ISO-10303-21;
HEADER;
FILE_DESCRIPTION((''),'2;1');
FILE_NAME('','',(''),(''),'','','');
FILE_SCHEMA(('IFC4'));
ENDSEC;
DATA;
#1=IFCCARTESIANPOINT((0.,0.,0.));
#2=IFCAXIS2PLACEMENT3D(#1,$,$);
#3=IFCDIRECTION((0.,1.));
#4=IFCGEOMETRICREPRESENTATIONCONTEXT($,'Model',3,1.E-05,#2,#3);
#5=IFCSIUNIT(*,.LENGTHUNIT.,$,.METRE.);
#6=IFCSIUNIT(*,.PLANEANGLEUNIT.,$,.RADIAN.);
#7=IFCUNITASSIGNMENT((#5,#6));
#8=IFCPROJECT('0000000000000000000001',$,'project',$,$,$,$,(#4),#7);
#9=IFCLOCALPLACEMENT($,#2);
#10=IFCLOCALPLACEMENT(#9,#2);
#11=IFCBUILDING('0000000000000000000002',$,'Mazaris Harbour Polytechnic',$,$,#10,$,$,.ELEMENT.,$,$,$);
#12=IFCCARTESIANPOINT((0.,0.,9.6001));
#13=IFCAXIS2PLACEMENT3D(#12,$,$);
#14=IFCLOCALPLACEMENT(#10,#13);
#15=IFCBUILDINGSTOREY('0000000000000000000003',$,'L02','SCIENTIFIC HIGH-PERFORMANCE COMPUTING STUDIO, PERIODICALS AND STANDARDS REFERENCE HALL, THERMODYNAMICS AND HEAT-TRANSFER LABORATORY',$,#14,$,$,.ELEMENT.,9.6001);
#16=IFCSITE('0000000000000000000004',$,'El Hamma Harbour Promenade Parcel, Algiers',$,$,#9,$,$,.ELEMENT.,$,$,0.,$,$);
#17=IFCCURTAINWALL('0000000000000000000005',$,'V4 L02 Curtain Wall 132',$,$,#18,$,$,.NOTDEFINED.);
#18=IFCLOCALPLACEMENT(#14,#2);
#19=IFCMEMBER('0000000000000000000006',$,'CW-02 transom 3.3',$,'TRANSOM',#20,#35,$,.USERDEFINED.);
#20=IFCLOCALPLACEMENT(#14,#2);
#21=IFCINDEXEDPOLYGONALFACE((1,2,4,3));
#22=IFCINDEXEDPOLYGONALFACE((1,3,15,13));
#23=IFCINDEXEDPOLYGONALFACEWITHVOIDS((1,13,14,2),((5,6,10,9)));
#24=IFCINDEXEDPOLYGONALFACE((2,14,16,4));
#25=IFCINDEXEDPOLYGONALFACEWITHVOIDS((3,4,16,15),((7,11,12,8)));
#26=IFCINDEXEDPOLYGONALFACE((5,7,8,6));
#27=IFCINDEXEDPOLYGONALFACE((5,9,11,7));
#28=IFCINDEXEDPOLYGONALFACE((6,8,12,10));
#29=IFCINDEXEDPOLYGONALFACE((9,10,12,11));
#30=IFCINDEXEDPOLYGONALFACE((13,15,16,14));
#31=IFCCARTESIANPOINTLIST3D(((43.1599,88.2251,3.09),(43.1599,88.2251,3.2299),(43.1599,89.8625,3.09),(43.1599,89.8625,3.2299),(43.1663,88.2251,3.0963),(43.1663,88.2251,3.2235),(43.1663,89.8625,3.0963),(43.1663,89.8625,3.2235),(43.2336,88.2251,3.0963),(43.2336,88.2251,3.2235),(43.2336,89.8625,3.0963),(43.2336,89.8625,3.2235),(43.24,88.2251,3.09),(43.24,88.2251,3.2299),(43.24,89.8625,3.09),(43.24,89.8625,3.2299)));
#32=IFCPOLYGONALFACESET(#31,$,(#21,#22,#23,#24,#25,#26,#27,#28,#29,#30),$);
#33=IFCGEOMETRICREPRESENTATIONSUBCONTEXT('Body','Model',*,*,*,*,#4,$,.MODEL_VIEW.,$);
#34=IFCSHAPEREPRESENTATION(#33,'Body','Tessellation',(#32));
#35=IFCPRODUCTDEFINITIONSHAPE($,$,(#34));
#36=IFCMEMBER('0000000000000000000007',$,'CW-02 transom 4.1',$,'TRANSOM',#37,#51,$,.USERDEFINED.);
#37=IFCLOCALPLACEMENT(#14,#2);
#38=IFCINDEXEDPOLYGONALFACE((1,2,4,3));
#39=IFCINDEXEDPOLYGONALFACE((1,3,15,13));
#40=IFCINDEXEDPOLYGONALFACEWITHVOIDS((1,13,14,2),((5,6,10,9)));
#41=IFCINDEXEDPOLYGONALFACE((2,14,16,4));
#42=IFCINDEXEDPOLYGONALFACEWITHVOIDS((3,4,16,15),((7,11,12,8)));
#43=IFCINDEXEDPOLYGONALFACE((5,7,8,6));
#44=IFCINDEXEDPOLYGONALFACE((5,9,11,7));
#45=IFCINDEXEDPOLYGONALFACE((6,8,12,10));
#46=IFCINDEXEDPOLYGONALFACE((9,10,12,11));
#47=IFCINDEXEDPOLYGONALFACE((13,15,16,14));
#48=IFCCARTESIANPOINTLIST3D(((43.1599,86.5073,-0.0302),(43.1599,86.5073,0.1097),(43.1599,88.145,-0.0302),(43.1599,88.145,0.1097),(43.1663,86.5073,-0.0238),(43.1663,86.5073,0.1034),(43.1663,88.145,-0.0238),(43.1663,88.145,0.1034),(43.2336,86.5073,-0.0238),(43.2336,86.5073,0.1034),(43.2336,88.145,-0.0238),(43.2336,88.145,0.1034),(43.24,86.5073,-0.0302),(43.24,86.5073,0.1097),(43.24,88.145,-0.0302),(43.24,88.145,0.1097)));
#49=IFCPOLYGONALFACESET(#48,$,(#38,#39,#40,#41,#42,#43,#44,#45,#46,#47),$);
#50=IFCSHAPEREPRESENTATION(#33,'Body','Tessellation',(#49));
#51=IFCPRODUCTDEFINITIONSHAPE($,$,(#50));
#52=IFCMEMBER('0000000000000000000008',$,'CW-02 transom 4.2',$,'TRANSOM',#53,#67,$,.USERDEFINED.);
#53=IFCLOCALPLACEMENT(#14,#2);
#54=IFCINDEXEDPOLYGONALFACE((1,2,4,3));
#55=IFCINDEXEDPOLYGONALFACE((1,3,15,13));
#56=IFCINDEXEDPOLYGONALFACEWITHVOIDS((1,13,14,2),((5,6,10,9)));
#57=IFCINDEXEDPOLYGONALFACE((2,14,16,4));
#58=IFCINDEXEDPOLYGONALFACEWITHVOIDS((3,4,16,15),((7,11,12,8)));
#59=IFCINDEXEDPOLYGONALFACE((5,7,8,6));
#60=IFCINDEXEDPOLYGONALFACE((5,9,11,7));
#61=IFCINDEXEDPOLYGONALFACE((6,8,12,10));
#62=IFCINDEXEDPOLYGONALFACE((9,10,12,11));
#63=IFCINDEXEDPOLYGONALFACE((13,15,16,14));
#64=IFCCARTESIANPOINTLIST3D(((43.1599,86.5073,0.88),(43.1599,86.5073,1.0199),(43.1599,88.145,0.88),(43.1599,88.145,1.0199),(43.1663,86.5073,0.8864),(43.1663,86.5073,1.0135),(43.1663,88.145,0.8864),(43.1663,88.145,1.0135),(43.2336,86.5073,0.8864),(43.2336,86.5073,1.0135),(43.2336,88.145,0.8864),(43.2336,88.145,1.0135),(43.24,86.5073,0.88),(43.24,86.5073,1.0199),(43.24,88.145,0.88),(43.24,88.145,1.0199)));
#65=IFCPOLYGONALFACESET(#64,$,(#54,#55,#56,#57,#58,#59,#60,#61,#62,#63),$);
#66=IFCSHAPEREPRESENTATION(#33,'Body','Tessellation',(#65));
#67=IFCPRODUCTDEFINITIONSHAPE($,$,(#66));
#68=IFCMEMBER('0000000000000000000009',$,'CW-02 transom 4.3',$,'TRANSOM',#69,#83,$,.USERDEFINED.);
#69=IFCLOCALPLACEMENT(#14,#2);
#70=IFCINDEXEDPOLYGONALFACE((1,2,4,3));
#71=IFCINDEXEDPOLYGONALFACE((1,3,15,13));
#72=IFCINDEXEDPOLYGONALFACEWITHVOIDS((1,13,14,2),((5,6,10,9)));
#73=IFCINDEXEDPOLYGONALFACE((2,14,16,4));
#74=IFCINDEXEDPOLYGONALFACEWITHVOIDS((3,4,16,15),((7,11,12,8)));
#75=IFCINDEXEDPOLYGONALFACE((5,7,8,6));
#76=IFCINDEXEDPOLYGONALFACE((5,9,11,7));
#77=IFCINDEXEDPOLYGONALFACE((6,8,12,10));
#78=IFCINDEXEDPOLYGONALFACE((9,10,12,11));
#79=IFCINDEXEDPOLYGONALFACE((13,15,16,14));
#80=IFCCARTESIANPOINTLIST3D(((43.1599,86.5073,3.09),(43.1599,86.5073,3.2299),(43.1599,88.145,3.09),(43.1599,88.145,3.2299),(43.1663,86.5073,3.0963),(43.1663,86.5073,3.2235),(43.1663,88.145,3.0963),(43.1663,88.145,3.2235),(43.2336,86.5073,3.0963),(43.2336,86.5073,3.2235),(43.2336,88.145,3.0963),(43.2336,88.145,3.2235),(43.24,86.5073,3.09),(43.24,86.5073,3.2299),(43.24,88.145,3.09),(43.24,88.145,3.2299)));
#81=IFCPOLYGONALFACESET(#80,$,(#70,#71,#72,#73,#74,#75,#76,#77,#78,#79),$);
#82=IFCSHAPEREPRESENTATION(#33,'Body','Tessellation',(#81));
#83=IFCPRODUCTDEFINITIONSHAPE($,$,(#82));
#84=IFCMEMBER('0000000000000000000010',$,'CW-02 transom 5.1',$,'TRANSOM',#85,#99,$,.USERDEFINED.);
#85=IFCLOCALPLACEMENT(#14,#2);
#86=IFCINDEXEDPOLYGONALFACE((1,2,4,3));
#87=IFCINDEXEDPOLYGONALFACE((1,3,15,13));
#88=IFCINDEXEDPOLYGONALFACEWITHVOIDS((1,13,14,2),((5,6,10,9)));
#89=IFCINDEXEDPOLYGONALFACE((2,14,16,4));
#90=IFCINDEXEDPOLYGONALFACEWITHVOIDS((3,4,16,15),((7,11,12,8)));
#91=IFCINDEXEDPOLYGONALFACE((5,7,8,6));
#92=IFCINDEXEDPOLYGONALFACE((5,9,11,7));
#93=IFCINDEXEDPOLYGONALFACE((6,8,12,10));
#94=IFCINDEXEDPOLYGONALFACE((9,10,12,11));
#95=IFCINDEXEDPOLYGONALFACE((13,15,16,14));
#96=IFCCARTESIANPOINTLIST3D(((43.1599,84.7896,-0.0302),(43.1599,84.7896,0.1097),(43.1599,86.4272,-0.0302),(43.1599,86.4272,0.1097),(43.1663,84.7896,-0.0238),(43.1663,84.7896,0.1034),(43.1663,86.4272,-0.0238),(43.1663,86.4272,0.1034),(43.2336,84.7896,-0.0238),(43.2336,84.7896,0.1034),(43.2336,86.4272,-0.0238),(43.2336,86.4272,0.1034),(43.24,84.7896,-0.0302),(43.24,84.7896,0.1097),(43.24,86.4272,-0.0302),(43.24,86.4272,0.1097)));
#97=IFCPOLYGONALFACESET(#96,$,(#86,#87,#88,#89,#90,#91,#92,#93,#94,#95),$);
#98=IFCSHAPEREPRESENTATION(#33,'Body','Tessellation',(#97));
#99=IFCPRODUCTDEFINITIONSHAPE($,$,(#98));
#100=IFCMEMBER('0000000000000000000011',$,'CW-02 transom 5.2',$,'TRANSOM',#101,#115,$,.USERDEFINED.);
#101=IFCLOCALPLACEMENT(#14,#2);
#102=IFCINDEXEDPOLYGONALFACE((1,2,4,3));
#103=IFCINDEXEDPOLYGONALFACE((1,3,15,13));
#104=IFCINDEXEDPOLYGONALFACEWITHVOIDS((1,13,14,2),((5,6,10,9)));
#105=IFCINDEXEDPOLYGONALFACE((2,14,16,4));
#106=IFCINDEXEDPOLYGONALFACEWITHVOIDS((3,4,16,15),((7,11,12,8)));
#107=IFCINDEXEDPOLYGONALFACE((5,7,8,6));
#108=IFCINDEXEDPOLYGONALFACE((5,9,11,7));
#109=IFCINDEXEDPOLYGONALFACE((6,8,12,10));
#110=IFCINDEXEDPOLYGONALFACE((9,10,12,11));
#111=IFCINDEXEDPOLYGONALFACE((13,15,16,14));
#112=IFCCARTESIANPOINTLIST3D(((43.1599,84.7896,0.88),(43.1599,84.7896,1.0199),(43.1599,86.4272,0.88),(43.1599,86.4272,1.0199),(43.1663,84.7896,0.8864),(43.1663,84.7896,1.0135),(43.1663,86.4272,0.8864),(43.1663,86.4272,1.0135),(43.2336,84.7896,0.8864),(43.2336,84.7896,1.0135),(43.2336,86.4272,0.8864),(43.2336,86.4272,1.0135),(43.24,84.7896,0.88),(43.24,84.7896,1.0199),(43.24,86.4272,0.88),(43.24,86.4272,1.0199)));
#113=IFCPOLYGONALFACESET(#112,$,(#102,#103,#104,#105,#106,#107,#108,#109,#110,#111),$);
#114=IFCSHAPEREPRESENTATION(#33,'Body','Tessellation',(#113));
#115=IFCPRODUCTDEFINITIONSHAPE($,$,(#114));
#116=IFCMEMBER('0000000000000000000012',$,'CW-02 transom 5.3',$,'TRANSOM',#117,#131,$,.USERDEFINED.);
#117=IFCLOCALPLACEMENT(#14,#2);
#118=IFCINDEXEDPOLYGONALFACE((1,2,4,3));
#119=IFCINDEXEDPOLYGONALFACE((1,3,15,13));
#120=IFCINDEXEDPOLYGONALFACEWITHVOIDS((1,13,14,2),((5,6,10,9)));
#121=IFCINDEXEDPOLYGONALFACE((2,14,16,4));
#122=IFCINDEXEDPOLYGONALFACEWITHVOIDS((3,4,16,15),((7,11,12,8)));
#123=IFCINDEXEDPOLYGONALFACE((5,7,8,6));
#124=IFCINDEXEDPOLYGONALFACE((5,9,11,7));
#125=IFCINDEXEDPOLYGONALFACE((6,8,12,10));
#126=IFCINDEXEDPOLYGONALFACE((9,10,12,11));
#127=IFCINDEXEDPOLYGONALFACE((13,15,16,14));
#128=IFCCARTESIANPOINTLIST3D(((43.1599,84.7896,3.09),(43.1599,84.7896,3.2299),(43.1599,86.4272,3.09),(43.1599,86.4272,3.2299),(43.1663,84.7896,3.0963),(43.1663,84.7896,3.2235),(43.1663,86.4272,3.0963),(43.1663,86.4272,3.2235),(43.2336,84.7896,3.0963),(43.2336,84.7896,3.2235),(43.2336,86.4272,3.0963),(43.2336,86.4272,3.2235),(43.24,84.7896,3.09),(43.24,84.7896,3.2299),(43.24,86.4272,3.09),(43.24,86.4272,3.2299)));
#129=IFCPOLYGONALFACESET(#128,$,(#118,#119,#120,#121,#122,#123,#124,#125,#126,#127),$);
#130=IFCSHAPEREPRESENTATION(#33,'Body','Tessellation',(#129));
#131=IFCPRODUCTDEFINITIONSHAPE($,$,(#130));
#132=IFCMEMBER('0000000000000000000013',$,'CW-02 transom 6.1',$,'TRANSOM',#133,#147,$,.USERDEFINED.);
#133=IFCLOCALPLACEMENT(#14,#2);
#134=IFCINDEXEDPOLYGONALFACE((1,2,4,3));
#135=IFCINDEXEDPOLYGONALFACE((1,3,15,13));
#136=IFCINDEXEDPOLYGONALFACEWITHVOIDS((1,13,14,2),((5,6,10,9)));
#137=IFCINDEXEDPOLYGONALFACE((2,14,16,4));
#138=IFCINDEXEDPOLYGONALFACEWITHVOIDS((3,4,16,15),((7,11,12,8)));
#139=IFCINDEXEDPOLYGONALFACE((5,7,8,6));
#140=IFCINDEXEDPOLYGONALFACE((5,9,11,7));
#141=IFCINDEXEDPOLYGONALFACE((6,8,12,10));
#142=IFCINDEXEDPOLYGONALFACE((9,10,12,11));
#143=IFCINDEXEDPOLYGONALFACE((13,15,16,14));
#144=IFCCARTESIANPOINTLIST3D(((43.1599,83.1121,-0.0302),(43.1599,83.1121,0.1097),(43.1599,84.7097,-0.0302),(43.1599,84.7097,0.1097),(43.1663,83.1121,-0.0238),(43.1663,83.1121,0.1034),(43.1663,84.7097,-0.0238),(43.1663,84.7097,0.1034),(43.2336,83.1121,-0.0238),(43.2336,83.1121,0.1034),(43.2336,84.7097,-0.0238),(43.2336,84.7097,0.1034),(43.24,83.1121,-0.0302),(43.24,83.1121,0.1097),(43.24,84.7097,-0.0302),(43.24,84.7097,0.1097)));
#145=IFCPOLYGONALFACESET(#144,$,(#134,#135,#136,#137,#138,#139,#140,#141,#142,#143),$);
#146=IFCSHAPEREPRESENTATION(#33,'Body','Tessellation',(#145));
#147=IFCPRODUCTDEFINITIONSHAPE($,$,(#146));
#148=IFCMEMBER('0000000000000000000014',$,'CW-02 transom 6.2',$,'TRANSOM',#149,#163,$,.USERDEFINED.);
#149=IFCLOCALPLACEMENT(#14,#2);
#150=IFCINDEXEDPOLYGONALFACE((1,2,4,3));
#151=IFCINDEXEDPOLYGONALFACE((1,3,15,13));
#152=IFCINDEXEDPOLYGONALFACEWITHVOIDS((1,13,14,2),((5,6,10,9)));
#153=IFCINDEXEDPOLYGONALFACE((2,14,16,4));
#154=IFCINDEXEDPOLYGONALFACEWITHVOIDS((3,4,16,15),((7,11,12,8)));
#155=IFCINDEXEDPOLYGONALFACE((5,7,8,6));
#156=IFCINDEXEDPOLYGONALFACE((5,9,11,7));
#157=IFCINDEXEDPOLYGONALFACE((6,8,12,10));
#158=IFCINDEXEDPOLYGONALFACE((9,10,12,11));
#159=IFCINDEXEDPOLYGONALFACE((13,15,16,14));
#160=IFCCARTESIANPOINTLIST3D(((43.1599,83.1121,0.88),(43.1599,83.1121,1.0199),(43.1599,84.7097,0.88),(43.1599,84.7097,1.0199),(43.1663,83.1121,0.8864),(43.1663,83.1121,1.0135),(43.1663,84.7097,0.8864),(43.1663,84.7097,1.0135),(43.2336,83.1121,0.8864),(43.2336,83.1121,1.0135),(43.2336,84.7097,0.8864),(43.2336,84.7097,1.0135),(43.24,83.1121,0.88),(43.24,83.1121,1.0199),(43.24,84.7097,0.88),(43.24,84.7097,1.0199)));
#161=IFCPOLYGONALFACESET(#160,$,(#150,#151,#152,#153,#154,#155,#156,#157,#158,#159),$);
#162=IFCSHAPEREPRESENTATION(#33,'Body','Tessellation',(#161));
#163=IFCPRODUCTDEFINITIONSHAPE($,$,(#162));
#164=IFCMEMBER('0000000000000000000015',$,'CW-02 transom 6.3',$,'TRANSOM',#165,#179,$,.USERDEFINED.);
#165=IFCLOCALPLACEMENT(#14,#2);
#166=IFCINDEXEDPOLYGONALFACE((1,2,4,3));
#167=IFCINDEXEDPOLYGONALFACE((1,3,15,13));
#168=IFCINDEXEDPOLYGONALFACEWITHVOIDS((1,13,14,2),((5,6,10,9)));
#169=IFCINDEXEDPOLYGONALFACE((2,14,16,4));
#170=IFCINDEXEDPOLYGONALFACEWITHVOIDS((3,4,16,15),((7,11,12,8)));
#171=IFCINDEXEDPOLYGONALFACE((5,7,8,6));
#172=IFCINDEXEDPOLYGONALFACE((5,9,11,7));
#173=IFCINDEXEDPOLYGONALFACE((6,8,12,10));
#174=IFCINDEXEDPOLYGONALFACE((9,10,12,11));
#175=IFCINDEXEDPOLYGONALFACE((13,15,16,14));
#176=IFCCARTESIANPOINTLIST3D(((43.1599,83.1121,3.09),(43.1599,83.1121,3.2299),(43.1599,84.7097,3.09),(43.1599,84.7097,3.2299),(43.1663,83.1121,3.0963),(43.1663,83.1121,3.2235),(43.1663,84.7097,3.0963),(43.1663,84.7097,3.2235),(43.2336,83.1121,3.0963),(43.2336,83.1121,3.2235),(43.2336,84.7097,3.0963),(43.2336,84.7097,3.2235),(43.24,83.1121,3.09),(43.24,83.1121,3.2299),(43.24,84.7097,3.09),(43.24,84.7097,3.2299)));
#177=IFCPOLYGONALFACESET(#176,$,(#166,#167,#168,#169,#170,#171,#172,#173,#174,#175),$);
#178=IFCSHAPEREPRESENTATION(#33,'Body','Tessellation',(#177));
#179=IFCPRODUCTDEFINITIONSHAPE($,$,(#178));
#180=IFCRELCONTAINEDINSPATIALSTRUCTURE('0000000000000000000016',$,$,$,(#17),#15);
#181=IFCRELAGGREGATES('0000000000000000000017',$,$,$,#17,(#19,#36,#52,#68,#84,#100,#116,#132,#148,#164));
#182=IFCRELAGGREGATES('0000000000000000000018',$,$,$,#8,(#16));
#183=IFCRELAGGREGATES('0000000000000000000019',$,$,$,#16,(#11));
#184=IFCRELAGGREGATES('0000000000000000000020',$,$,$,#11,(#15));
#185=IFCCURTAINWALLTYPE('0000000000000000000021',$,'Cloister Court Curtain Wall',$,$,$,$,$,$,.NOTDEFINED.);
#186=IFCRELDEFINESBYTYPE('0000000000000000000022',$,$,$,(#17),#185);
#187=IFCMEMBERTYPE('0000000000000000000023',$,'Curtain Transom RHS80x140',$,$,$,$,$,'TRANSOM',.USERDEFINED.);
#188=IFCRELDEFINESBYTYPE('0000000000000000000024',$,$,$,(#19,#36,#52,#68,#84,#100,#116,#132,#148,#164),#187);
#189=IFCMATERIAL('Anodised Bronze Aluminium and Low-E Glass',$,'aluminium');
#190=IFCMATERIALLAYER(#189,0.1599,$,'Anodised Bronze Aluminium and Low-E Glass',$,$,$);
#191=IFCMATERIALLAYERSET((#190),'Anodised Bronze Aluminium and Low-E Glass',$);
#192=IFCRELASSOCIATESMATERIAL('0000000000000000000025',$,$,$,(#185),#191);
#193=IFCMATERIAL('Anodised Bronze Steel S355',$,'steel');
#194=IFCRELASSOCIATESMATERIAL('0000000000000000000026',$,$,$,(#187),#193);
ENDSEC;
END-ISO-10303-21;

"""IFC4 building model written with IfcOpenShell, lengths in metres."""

from ifc_helpers import new_model, si_unit, direction, frame, origin, origin_2d, place, context, subcontext, project, spatial, hollow_rectangle, extrude, material, layer, layer_set, material_profile, profile_set, type_object, element, aggregate, save


model = new_model("IFC4")

# Units and contexts
model_context = context("Model", 3, precision=1e-05, world=origin(), true_north=direction((0.0, 1.0)))
body_context = subcontext(model_context, "Body", "Model", "MODEL_VIEW")
ifc_project = project(units=[si_unit("LENGTHUNIT", "METRE"), si_unit("PLANEANGLEUNIT", "RADIAN")], contexts=[model_context])

# Site, building, storey
site_placement = place(None, origin())
site = spatial("IfcSite", under=ifc_project, at=site_placement, Name="El Hamma Harbour Promenade Parcel, Algiers", CompositionType="ELEMENT", RefElevation=0.0)
building_placement = place(site_placement, origin())
building = spatial("IfcBuilding", under=site, at=building_placement, Name="Mazaris Harbour Polytechnic", CompositionType="ELEMENT")
storey_placement = place(building_placement, frame((0.0, 0.0, 9.6001)))
storey = spatial("IfcBuildingStorey", under=building, at=storey_placement, Name="L02", Description="SCIENTIFIC HIGH-PERFORMANCE COMPUTING STUDIO, PERIODICALS AND STANDARDS REFERENCE HALL, THERMODYNAMICS AND HEAT-TRANSFER LABORATORY", CompositionType="ELEMENT", Elevation=9.6001)

# Curtain wall, members
ifc_material_1 = material(Name="Anodised Bronze Aluminium and Low-E Glass", Category="aluminium")
ifc_layer_1 = layer(ifc_material_1, 0.1599, Name="Anodised Bronze Aluminium and Low-E Glass")
ifc_layer_set_1 = layer_set([ifc_layer_1], Name="Anodised Bronze Aluminium and Low-E Glass")
curtain_wall_type = type_object("IfcCurtainWallType", Name="Cloister Court Curtain Wall", PredefinedType="NOTDEFINED", material=ifc_layer_set_1)
curtain_wall_placement = place(storey_placement, origin())
curtain_wall = element("IfcCurtainWall", 1, at=curtain_wall_placement, inside=storey, type_object=curtain_wall_type, Name="V4 L02 Curtain Wall 132", PredefinedType="NOTDEFINED")
ifc_material_2 = material(Name="Anodised Bronze Steel S355", Category="steel")
ifc_material_profile_1 = material_profile(ifc_material_2, hollow_rectangle(XDim=0.0801, YDim=0.1399, WallThickness=0.0063, at=origin_2d()), Name="RHS 80x140x6.3")
ifc_profile_set_1 = profile_set([ifc_material_profile_1], Name="Anodised Bronze Steel S355")
member_type_1 = type_object("IfcMemberType", Name="Curtain Transom RHS80x140", ElementType="TRANSOM", PredefinedType="USERDEFINED", material=ifc_profile_set_1)
member_1_placement = place(storey_placement, frame((43.2, 89.8625, 3.1599), z_axis=(0.0, -1.0, 0.0), x_axis=(1.0, 0.0, 0.0)))
member_1 = element("IfcMember", 2, at=member_1_placement, type_object=member_type_1, Name="CW-02 transom 3.3", ObjectType="TRANSOM", PredefinedType="USERDEFINED", context=body_context, shape_type="SweptSolid", body=[
    extrude(hollow_rectangle(XDim=0.0801, YDim=0.1399, WallThickness=0.0063, at=origin_2d()), origin(), (0.0, 0.0, 1.0), 1.6375),
])
member_2_placement = place(storey_placement, frame((43.2, 88.145, 0.0398), z_axis=(0.0, -1.0, 0.0), x_axis=(1.0, 0.0, 0.0)))
member_2 = element("IfcMember", 3, at=member_2_placement, type_object=member_type_1, Name="CW-02 transom 4.1", ObjectType="TRANSOM", PredefinedType="USERDEFINED", context=body_context, shape_type="SweptSolid", body=[
    extrude(hollow_rectangle(XDim=0.0801, YDim=0.1399, WallThickness=0.0063, at=origin_2d()), origin(), (0.0, 0.0, 1.0), 1.6377),
])
member_3_placement = place(storey_placement, frame((43.2, 88.145, 0.95), z_axis=(0.0, -1.0, 0.0), x_axis=(1.0, 0.0, 0.0)))
member_3 = element("IfcMember", 4, at=member_3_placement, type_object=member_type_1, Name="CW-02 transom 4.2", ObjectType="TRANSOM", PredefinedType="USERDEFINED", context=body_context, shape_type="SweptSolid", body=[
    extrude(hollow_rectangle(XDim=0.0801, YDim=0.1399, WallThickness=0.0063, at=origin_2d()), origin(), (0.0, 0.0, 1.0), 1.6377),
])
member_4_placement = place(storey_placement, frame((43.2, 88.145, 3.1599), z_axis=(0.0, -1.0, 0.0), x_axis=(1.0, 0.0, 0.0)))
member_4 = element("IfcMember", 5, at=member_4_placement, type_object=member_type_1, Name="CW-02 transom 4.3", ObjectType="TRANSOM", PredefinedType="USERDEFINED", context=body_context, shape_type="SweptSolid", body=[
    extrude(hollow_rectangle(XDim=0.0801, YDim=0.1399, WallThickness=0.0063, at=origin_2d()), origin(), (0.0, 0.0, 1.0), 1.6377),
])
member_5_placement = place(storey_placement, frame((43.2, 86.4272, 0.0398), z_axis=(0.0, -1.0, 0.0), x_axis=(1.0, 0.0, 0.0)))
member_5 = element("IfcMember", 6, at=member_5_placement, type_object=member_type_1, Name="CW-02 transom 5.1", ObjectType="TRANSOM", PredefinedType="USERDEFINED", context=body_context, shape_type="SweptSolid", body=[
    extrude(hollow_rectangle(XDim=0.0801, YDim=0.1399, WallThickness=0.0063, at=origin_2d()), origin(), (0.0, 0.0, 1.0), 1.6377),
])
member_6_placement = place(storey_placement, frame((43.2, 86.4272, 0.95), z_axis=(0.0, -1.0, 0.0), x_axis=(1.0, 0.0, 0.0)))
member_6 = element("IfcMember", 7, at=member_6_placement, type_object=member_type_1, Name="CW-02 transom 5.2", ObjectType="TRANSOM", PredefinedType="USERDEFINED", context=body_context, shape_type="SweptSolid", body=[
    extrude(hollow_rectangle(XDim=0.0801, YDim=0.1399, WallThickness=0.0063, at=origin_2d()), origin(), (0.0, 0.0, 1.0), 1.6377),
])
member_7_placement = place(storey_placement, frame((43.2, 86.4272, 3.1599), z_axis=(0.0, -1.0, 0.0), x_axis=(1.0, 0.0, 0.0)))
member_7 = element("IfcMember", 8, at=member_7_placement, type_object=member_type_1, Name="CW-02 transom 5.3", ObjectType="TRANSOM", PredefinedType="USERDEFINED", context=body_context, shape_type="SweptSolid", body=[
    extrude(hollow_rectangle(XDim=0.0801, YDim=0.1399, WallThickness=0.0063, at=origin_2d()), origin(), (0.0, 0.0, 1.0), 1.6377),
])
member_8_placement = place(storey_placement, frame((43.2, 84.7097, 0.0398), z_axis=(0.0, -1.0, 0.0), x_axis=(1.0, 0.0, 0.0)))
member_8 = element("IfcMember", 9, at=member_8_placement, type_object=member_type_1, Name="CW-02 transom 6.1", ObjectType="TRANSOM", PredefinedType="USERDEFINED", context=body_context, shape_type="SweptSolid", body=[
    extrude(hollow_rectangle(XDim=0.0801, YDim=0.1399, WallThickness=0.0063, at=origin_2d()), origin(), (0.0, 0.0, 1.0), 1.5977),
])
member_9_placement = place(storey_placement, frame((43.2, 84.7097, 0.95), z_axis=(0.0, -1.0, 0.0), x_axis=(1.0, 0.0, 0.0)))
member_9 = element("IfcMember", 10, at=member_9_placement, type_object=member_type_1, Name="CW-02 transom 6.2", ObjectType="TRANSOM", PredefinedType="USERDEFINED", context=body_context, shape_type="SweptSolid", body=[
    extrude(hollow_rectangle(XDim=0.0801, YDim=0.1399, WallThickness=0.0063, at=origin_2d()), origin(), (0.0, 0.0, 1.0), 1.5977),
])
member_10_placement = place(storey_placement, frame((43.2, 84.7097, 3.1599), z_axis=(0.0, -1.0, 0.0), x_axis=(1.0, 0.0, 0.0)))
member_10 = element("IfcMember", 11, at=member_10_placement, type_object=member_type_1, Name="CW-02 transom 6.3", ObjectType="TRANSOM", PredefinedType="USERDEFINED", context=body_context, shape_type="SweptSolid", body=[
    extrude(hollow_rectangle(XDim=0.0801, YDim=0.1399, WallThickness=0.0063, at=origin_2d()), origin(), (0.0, 0.0, 1.0), 1.5977),
])

aggregate(curtain_wall, [member_1, member_2, member_3, member_4, member_5, member_6, member_7, member_8, member_9, member_10])

save(model, "model.ifc")
